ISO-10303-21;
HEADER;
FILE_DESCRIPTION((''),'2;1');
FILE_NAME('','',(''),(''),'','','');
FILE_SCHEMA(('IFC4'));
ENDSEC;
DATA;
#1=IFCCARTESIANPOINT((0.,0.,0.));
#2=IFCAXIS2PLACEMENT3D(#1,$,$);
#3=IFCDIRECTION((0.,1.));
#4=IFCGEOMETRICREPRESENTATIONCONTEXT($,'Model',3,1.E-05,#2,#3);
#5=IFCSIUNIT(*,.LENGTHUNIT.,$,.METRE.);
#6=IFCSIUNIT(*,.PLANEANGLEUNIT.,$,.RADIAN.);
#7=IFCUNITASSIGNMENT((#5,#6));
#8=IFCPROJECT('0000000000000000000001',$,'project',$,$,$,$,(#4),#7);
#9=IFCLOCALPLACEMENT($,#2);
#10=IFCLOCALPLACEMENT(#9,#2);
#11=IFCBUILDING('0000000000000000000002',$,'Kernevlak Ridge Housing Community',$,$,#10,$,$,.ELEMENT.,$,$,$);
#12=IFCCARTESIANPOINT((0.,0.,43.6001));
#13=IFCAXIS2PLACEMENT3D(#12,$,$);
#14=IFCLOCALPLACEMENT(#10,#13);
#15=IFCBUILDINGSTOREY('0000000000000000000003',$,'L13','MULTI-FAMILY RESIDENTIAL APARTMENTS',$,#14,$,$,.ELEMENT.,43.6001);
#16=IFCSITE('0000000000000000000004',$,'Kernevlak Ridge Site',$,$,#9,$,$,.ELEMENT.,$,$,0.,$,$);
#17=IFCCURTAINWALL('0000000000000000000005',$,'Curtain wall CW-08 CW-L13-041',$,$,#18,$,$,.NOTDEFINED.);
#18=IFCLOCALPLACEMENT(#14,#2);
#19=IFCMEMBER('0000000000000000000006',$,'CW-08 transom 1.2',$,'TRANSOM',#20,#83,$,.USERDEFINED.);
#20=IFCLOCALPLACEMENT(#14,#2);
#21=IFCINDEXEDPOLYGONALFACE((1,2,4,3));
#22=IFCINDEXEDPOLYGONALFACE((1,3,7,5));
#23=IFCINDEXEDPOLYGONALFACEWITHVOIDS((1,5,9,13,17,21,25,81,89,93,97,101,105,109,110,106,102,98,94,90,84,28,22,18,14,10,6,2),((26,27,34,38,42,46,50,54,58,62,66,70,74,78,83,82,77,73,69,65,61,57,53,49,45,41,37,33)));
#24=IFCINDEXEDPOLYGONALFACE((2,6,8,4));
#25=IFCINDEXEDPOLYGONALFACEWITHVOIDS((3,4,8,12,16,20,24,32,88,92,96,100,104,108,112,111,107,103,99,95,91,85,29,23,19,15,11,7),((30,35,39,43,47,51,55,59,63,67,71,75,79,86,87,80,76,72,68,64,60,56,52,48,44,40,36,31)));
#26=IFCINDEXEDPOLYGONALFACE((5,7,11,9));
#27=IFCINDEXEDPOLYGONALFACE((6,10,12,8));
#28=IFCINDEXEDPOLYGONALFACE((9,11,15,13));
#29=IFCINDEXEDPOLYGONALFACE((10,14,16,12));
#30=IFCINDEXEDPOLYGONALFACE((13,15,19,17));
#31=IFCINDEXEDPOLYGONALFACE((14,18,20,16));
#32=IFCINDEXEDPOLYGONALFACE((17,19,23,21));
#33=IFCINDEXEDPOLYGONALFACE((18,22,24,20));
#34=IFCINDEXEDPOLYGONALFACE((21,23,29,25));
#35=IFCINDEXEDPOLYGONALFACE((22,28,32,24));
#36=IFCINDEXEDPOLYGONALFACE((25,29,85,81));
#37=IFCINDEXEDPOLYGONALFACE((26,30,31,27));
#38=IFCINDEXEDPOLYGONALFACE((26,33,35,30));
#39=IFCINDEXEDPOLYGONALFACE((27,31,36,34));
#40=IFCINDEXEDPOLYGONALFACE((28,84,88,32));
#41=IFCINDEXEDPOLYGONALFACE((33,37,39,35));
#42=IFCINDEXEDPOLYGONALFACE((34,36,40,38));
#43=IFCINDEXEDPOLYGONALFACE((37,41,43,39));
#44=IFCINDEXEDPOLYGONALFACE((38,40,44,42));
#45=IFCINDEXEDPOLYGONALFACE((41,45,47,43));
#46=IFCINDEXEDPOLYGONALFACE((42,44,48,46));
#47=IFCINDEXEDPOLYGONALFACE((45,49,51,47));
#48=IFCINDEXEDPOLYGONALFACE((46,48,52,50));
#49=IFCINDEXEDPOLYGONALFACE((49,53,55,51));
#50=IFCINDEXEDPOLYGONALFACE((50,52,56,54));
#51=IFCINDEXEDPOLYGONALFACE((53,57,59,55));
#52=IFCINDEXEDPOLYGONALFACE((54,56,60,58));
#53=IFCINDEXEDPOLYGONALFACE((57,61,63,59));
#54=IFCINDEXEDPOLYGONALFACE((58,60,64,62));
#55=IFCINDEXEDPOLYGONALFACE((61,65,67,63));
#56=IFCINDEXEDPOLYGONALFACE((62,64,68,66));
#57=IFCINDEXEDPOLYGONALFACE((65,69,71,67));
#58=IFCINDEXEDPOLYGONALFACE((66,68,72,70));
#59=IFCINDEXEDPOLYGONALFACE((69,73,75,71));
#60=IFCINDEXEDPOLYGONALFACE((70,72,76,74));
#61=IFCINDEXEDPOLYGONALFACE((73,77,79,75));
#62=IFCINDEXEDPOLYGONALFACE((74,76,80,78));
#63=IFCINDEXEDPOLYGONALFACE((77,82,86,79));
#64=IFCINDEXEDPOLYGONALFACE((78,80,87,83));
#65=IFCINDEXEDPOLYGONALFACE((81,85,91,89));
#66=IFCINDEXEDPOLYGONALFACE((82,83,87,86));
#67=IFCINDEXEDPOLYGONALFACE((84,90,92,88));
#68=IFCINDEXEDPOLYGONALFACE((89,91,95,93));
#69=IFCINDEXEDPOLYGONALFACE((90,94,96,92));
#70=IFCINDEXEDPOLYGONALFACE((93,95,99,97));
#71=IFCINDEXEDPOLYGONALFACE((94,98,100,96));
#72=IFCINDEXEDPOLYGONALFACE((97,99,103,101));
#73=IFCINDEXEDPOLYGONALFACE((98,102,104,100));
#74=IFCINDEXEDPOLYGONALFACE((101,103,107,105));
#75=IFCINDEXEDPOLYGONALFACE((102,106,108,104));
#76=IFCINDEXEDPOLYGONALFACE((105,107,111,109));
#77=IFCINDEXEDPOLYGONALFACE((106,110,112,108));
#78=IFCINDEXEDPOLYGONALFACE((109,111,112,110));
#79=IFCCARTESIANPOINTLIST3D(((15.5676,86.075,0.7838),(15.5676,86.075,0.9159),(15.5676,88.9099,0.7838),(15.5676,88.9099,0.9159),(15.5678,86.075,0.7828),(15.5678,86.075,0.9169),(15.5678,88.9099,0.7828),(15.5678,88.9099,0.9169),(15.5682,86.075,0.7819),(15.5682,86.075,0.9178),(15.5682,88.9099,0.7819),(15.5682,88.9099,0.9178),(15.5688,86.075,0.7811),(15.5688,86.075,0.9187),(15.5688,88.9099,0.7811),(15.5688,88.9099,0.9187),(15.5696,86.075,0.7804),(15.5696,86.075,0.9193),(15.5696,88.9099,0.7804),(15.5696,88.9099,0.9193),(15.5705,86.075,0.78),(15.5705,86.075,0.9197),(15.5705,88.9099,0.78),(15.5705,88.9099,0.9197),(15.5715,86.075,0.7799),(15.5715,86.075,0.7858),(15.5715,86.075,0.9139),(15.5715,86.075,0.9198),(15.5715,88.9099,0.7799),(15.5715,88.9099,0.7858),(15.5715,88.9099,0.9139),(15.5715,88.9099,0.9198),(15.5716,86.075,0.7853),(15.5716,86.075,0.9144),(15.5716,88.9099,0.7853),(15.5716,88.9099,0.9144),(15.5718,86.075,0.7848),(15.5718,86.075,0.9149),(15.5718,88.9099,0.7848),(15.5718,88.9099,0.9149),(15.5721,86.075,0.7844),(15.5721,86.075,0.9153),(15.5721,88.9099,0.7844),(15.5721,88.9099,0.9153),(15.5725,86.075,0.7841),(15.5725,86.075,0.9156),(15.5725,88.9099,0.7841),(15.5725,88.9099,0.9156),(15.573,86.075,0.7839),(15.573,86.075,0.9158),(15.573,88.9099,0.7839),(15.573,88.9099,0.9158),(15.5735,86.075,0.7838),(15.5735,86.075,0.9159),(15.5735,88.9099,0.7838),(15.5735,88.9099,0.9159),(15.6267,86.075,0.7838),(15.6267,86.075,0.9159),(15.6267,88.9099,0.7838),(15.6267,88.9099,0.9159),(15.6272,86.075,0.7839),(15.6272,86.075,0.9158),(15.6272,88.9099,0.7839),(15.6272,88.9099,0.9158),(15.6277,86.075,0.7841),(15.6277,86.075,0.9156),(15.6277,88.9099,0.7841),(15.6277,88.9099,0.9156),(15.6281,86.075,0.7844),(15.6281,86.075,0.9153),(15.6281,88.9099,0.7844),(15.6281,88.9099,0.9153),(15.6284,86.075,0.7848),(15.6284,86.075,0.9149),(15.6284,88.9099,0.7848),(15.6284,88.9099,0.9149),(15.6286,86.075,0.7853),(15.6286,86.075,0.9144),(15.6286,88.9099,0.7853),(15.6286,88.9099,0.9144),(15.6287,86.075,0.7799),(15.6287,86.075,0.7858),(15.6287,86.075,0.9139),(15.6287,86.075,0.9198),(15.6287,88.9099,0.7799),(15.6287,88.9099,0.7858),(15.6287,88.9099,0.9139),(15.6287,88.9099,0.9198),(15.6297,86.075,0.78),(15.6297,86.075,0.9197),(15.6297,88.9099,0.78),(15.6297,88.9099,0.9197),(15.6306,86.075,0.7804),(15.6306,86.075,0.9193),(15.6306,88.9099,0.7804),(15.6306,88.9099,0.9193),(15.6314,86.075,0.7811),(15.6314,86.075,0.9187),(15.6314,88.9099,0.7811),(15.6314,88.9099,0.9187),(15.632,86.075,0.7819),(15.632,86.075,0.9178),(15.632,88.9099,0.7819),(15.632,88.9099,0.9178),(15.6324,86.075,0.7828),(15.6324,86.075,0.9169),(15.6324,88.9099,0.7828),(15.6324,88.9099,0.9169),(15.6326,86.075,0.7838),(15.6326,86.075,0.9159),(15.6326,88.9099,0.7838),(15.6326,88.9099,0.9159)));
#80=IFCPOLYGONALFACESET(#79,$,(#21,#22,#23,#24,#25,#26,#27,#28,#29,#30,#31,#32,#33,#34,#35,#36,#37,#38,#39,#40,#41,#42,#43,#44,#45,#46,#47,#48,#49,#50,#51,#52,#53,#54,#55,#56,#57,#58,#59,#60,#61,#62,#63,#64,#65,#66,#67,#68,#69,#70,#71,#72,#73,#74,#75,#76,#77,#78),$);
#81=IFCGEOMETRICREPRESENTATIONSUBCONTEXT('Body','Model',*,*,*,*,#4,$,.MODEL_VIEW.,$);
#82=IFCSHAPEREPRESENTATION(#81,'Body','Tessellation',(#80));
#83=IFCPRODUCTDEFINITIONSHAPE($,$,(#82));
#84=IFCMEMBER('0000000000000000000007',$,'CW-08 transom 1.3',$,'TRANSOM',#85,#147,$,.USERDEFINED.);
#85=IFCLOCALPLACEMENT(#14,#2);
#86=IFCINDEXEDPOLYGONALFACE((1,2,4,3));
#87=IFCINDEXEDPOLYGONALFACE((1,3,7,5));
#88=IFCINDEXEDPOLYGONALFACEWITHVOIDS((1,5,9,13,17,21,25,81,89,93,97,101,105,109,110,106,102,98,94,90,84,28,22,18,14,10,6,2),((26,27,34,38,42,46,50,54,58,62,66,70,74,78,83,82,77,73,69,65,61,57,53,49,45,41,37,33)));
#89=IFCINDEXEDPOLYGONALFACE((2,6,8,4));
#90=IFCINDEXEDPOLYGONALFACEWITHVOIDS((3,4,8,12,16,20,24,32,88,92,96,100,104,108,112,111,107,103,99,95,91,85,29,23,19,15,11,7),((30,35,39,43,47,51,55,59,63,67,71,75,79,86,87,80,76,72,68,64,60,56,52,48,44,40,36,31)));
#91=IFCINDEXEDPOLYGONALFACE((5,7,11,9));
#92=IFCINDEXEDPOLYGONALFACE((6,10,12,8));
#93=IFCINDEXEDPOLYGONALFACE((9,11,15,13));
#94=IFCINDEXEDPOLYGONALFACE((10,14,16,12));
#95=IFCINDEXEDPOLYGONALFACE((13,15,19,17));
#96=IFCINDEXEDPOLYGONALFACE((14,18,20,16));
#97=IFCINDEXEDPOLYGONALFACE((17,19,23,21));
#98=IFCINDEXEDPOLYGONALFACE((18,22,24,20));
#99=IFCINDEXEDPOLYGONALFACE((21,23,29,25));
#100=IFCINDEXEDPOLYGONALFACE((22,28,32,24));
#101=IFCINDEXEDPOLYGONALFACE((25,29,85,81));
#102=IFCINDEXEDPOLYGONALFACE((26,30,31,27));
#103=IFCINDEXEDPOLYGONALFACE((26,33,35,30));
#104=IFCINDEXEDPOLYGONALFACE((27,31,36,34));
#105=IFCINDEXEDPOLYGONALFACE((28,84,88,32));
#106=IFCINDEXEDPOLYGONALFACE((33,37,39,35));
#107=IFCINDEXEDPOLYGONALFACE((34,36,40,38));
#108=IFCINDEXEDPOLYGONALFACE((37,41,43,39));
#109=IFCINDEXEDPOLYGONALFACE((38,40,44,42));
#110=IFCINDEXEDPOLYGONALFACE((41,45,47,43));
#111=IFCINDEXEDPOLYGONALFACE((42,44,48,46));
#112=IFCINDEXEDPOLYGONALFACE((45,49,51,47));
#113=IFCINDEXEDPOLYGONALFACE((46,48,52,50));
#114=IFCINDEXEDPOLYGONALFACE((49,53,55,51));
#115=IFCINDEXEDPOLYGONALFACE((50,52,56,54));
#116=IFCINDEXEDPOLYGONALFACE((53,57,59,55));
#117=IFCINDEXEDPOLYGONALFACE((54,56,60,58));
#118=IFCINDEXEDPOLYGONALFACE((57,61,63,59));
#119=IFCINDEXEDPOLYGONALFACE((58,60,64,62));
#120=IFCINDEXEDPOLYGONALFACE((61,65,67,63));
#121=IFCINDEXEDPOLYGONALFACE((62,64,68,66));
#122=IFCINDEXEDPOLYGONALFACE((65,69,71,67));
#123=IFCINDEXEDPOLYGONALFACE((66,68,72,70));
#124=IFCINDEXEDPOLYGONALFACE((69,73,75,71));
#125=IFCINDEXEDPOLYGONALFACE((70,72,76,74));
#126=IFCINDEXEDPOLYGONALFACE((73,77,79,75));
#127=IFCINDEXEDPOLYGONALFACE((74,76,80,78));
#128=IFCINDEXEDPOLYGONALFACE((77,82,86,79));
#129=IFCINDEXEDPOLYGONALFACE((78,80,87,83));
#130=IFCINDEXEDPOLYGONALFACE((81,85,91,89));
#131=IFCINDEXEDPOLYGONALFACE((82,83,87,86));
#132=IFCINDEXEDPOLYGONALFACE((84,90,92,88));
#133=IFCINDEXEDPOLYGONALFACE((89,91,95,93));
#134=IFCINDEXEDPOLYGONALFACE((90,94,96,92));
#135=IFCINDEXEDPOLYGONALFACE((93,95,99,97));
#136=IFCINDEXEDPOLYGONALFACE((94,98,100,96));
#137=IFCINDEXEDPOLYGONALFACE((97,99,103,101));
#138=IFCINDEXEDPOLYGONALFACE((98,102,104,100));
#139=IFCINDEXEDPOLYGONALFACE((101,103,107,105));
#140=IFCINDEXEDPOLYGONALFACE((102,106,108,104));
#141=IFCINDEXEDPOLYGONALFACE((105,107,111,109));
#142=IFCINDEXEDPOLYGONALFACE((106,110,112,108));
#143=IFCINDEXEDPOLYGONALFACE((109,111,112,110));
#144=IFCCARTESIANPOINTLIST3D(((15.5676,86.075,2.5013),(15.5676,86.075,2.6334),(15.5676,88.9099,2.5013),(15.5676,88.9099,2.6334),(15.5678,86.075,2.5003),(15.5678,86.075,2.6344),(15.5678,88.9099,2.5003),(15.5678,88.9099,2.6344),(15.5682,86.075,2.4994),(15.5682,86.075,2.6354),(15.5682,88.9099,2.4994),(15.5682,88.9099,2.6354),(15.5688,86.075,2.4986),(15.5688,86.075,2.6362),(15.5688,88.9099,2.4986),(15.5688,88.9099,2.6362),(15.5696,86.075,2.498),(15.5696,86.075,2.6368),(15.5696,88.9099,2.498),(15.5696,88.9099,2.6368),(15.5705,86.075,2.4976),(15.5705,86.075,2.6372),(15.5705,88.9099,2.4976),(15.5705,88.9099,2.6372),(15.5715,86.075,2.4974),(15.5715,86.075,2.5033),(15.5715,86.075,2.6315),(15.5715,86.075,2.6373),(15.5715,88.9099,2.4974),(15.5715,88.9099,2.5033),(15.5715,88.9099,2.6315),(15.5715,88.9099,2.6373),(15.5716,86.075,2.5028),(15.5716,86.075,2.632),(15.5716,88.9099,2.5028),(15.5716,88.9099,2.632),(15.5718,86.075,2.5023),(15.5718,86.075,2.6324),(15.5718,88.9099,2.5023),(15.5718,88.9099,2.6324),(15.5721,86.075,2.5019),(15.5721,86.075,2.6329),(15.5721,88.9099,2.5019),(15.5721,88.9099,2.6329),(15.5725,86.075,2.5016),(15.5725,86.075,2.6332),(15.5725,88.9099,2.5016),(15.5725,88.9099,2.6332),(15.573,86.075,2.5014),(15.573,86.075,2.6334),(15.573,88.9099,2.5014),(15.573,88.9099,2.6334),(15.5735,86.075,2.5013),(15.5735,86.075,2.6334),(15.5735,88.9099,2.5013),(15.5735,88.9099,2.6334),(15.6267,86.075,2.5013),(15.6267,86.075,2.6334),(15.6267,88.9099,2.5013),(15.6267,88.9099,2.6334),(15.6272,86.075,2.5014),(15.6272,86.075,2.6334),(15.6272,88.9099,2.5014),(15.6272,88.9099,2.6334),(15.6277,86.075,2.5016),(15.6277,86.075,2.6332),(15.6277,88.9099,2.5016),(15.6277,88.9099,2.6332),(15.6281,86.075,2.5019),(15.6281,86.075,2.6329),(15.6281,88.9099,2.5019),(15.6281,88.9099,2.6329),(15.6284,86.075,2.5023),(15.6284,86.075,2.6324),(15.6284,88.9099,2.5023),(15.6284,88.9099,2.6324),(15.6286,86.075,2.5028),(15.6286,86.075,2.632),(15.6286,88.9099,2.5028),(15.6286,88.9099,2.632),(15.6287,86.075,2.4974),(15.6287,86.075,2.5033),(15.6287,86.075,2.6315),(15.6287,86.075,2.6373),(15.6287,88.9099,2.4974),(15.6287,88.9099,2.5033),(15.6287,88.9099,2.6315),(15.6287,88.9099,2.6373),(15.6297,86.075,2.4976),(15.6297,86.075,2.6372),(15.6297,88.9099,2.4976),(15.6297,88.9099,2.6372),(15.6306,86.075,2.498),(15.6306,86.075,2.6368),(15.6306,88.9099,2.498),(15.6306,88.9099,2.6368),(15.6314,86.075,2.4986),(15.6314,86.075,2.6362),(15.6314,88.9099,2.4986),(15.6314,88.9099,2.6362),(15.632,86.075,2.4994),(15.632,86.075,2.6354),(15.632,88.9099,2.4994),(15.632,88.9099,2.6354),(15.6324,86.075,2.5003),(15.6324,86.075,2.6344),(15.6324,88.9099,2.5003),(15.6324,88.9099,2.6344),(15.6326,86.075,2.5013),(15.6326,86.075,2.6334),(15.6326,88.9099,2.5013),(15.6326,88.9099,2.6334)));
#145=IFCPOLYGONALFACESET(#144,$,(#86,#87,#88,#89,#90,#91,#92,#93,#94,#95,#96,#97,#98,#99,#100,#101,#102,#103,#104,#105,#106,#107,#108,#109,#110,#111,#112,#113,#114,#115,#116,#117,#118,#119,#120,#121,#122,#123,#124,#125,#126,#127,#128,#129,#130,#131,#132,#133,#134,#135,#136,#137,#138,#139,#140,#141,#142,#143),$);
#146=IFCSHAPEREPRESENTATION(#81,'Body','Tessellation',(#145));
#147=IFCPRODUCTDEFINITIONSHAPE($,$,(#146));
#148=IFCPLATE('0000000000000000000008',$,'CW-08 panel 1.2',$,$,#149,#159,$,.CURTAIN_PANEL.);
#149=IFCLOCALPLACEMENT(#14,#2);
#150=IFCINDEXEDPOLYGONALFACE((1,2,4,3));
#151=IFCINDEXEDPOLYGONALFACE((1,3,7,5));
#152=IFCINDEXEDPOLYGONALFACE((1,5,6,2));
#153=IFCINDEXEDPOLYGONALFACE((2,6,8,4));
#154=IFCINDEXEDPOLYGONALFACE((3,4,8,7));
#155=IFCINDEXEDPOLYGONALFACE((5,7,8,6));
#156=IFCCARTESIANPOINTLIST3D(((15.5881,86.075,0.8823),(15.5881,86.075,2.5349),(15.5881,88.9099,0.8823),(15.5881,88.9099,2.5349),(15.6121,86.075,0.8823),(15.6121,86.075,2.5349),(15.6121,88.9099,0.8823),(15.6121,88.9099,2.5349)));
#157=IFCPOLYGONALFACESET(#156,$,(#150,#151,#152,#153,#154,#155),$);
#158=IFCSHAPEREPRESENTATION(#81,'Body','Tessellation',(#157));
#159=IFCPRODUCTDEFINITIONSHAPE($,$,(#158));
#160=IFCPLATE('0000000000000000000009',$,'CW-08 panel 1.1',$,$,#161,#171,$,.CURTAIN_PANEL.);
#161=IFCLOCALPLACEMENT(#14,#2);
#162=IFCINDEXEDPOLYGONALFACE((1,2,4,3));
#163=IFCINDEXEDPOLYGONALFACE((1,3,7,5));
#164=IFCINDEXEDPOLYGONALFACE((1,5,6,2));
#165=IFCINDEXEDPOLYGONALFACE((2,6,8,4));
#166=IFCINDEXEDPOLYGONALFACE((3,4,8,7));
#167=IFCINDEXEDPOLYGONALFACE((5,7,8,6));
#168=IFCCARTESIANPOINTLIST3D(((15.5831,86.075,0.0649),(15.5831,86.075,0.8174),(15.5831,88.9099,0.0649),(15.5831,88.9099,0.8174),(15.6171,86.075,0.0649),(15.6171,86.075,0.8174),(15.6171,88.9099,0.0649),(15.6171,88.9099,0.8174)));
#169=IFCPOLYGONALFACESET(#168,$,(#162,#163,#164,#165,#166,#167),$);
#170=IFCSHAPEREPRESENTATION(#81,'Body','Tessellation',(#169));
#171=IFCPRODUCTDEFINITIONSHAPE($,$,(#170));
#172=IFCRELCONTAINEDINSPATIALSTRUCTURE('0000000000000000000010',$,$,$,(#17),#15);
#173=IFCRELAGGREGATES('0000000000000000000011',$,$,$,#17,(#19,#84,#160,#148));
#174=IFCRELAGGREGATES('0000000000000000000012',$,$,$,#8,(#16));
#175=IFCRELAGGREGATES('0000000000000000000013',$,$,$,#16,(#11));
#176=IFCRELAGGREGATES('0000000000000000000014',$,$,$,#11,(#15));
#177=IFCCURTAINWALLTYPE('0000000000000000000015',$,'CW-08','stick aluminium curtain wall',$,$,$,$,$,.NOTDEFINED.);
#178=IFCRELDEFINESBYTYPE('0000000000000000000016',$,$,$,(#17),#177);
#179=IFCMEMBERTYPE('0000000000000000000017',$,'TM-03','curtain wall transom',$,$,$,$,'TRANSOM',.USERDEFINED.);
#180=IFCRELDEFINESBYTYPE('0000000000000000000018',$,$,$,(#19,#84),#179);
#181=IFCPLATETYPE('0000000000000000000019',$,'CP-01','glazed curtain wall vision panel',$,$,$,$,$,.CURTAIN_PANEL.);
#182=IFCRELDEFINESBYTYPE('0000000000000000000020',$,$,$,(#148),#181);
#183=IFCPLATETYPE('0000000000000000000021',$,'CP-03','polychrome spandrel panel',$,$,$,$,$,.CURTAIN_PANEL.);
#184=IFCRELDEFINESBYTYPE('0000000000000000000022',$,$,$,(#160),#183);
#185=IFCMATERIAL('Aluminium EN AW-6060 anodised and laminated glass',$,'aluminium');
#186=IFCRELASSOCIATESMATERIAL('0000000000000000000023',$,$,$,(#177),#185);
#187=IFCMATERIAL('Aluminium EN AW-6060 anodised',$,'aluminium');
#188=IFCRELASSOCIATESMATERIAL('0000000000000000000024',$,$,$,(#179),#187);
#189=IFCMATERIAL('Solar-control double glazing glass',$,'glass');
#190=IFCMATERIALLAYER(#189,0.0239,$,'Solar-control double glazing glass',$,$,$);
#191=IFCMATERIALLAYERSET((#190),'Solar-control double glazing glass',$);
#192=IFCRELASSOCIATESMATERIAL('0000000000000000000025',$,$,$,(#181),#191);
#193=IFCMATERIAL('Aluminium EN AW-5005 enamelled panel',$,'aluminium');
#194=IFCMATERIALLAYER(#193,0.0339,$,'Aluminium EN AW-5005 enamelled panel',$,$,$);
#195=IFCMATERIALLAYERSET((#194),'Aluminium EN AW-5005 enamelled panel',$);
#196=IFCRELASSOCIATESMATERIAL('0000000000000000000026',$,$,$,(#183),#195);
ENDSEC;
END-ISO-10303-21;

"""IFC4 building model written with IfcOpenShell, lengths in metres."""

from ifc_helpers import new_model, si_unit, direction, frame, origin, origin_2d, place, context, subcontext, project, spatial, rectangle, hollow_rectangle, extrude, material, layer, layer_set, material_profile, profile_set, type_object, element, aggregate, save


model = new_model("IFC4")

# Units and contexts
model_context = context("Model", 3, precision=1e-05, world=origin(), true_north=direction((0.0, 1.0)))
body_context = subcontext(model_context, "Body", "Model", "MODEL_VIEW")
ifc_project = project(units=[si_unit("LENGTHUNIT", "METRE"), si_unit("PLANEANGLEUNIT", "RADIAN")], contexts=[model_context])

# Site, building, storey
site_placement = place(None, origin())
site = spatial("IfcSite", under=ifc_project, at=site_placement, Name="Kernevlak Ridge Site", CompositionType="ELEMENT", RefElevation=0.0)
building_placement = place(site_placement, origin())
building = spatial("IfcBuilding", under=site, at=building_placement, Name="Kernevlak Ridge Housing Community", CompositionType="ELEMENT")
storey_placement = place(building_placement, frame((0.0, 0.0, 43.6001)))
storey = spatial("IfcBuildingStorey", under=building, at=storey_placement, Name="L13", Description="MULTI-FAMILY RESIDENTIAL APARTMENTS", CompositionType="ELEMENT", Elevation=43.6001)

# Shared definitions
ifc_material_1 = material(Name="Aluminium EN AW-6060 anodised and laminated glass", Category="aluminium")
ifc_material_2 = material(Name="Aluminium EN AW-6060 anodised", Category="aluminium")

# Curtain wall
curtain_wall_type_1 = type_object("IfcCurtainWallType", Name="CW-08", Description="stick aluminium curtain wall", PredefinedType="NOTDEFINED", material=ifc_material_1)
curtain_wall_1_placement = place(storey_placement, origin())
curtain_wall_1 = element("IfcCurtainWall", 1, at=curtain_wall_1_placement, inside=storey, type_object=curtain_wall_type_1, Name="Curtain wall CW-08 CW-L13-041", PredefinedType="NOTDEFINED")

# Members
ifc_material_profile_1 = material_profile(ifc_material_2, hollow_rectangle(XDim=0.0649, YDim=0.1399, WallThickness=0.0039, InnerFilletRadius=0.002, OuterFilletRadius=0.0039, at=origin_2d()), Name="ALU 65x140x4")
ifc_profile_set_1 = profile_set([ifc_material_profile_1], Name="Aluminium EN AW-6060 anodised")
member_type_1 = type_object("IfcMemberType", Name="TM-03", Description="curtain wall transom", ElementType="TRANSOM", PredefinedType="USERDEFINED", material=ifc_profile_set_1)
member_1_placement = place(storey_placement, frame((15.6001, 86.075, 0.8499), z_axis=(0.0, 1.0, 0.0), x_axis=(-1.0, 0.0, 0.0)))
member_1 = element("IfcMember", 2, at=member_1_placement, type_object=member_type_1, Name="CW-08 transom 1.2", ObjectType="TRANSOM", PredefinedType="USERDEFINED", context=body_context, shape_type="SweptSolid", body=[
    extrude(hollow_rectangle(XDim=0.0649, YDim=0.1399, WallThickness=0.0039, InnerFilletRadius=0.002, OuterFilletRadius=0.0039, at=origin_2d()), origin(), (0.0, 0.0, 1.0), 2.835),
])
member_2_placement = place(storey_placement, frame((15.6001, 86.075, 2.5674), z_axis=(0.0, 1.0, 0.0), x_axis=(-1.0, 0.0, 0.0)))
member_2 = element("IfcMember", 3, at=member_2_placement, type_object=member_type_1, Name="CW-08 transom 1.3", ObjectType="TRANSOM", PredefinedType="USERDEFINED", context=body_context, shape_type="SweptSolid", body=[
    extrude(hollow_rectangle(XDim=0.0649, YDim=0.1399, WallThickness=0.0039, InnerFilletRadius=0.002, OuterFilletRadius=0.0039, at=origin_2d()), origin(), (0.0, 0.0, 1.0), 2.835),
])

# Plates
ifc_material_3 = material(Name="Solar-control double glazing glass", Category="glass")
ifc_layer_1 = layer(ifc_material_3, 0.0239, Name="Solar-control double glazing glass")
ifc_layer_set_1 = layer_set([ifc_layer_1], Name="Solar-control double glazing glass")
plate_type_1 = type_object("IfcPlateType", Name="CP-01", Description="glazed curtain wall vision panel", PredefinedType="CURTAIN_PANEL", material=ifc_layer_set_1)
plate_1_placement = place(storey_placement, frame((15.6001, 87.4924, 0.8823), z_axis=(0.0, 0.0, 1.0), x_axis=(0.0, 1.0, 0.0)))
plate_1 = element("IfcPlate", 4, at=plate_1_placement, type_object=plate_type_1, Name="CW-08 panel 1.2", PredefinedType="CURTAIN_PANEL", context=body_context, shape_type="SweptSolid", body=[
    extrude(rectangle(XDim=2.835, YDim=0.0239, at=origin_2d()), origin(), (0.0, 0.0, 1.0), 1.6526),
])
ifc_material_4 = material(Name="Aluminium EN AW-5005 enamelled panel", Category="aluminium")
ifc_layer_2 = layer(ifc_material_4, 0.0339, Name="Aluminium EN AW-5005 enamelled panel")
ifc_layer_set_2 = layer_set([ifc_layer_2], Name="Aluminium EN AW-5005 enamelled panel")
plate_type_2 = type_object("IfcPlateType", Name="CP-03", Description="polychrome spandrel panel", PredefinedType="CURTAIN_PANEL", material=ifc_layer_set_2)
plate_2_placement = place(storey_placement, frame((15.6001, 87.4924, 0.0649), z_axis=(0.0, 0.0, 1.0), x_axis=(0.0, 1.0, 0.0)))
plate_2 = element("IfcPlate", 5, at=plate_2_placement, type_object=plate_type_2, Name="CW-08 panel 1.1", PredefinedType="CURTAIN_PANEL", context=body_context, shape_type="SweptSolid", body=[
    extrude(rectangle(XDim=2.835, YDim=0.0339, at=origin_2d()), origin(), (0.0, 0.0, 1.0), 0.7524),
])
aggregate(curtain_wall_1, [member_1, member_2, plate_2, plate_1])

save(model, "model.ifc")
